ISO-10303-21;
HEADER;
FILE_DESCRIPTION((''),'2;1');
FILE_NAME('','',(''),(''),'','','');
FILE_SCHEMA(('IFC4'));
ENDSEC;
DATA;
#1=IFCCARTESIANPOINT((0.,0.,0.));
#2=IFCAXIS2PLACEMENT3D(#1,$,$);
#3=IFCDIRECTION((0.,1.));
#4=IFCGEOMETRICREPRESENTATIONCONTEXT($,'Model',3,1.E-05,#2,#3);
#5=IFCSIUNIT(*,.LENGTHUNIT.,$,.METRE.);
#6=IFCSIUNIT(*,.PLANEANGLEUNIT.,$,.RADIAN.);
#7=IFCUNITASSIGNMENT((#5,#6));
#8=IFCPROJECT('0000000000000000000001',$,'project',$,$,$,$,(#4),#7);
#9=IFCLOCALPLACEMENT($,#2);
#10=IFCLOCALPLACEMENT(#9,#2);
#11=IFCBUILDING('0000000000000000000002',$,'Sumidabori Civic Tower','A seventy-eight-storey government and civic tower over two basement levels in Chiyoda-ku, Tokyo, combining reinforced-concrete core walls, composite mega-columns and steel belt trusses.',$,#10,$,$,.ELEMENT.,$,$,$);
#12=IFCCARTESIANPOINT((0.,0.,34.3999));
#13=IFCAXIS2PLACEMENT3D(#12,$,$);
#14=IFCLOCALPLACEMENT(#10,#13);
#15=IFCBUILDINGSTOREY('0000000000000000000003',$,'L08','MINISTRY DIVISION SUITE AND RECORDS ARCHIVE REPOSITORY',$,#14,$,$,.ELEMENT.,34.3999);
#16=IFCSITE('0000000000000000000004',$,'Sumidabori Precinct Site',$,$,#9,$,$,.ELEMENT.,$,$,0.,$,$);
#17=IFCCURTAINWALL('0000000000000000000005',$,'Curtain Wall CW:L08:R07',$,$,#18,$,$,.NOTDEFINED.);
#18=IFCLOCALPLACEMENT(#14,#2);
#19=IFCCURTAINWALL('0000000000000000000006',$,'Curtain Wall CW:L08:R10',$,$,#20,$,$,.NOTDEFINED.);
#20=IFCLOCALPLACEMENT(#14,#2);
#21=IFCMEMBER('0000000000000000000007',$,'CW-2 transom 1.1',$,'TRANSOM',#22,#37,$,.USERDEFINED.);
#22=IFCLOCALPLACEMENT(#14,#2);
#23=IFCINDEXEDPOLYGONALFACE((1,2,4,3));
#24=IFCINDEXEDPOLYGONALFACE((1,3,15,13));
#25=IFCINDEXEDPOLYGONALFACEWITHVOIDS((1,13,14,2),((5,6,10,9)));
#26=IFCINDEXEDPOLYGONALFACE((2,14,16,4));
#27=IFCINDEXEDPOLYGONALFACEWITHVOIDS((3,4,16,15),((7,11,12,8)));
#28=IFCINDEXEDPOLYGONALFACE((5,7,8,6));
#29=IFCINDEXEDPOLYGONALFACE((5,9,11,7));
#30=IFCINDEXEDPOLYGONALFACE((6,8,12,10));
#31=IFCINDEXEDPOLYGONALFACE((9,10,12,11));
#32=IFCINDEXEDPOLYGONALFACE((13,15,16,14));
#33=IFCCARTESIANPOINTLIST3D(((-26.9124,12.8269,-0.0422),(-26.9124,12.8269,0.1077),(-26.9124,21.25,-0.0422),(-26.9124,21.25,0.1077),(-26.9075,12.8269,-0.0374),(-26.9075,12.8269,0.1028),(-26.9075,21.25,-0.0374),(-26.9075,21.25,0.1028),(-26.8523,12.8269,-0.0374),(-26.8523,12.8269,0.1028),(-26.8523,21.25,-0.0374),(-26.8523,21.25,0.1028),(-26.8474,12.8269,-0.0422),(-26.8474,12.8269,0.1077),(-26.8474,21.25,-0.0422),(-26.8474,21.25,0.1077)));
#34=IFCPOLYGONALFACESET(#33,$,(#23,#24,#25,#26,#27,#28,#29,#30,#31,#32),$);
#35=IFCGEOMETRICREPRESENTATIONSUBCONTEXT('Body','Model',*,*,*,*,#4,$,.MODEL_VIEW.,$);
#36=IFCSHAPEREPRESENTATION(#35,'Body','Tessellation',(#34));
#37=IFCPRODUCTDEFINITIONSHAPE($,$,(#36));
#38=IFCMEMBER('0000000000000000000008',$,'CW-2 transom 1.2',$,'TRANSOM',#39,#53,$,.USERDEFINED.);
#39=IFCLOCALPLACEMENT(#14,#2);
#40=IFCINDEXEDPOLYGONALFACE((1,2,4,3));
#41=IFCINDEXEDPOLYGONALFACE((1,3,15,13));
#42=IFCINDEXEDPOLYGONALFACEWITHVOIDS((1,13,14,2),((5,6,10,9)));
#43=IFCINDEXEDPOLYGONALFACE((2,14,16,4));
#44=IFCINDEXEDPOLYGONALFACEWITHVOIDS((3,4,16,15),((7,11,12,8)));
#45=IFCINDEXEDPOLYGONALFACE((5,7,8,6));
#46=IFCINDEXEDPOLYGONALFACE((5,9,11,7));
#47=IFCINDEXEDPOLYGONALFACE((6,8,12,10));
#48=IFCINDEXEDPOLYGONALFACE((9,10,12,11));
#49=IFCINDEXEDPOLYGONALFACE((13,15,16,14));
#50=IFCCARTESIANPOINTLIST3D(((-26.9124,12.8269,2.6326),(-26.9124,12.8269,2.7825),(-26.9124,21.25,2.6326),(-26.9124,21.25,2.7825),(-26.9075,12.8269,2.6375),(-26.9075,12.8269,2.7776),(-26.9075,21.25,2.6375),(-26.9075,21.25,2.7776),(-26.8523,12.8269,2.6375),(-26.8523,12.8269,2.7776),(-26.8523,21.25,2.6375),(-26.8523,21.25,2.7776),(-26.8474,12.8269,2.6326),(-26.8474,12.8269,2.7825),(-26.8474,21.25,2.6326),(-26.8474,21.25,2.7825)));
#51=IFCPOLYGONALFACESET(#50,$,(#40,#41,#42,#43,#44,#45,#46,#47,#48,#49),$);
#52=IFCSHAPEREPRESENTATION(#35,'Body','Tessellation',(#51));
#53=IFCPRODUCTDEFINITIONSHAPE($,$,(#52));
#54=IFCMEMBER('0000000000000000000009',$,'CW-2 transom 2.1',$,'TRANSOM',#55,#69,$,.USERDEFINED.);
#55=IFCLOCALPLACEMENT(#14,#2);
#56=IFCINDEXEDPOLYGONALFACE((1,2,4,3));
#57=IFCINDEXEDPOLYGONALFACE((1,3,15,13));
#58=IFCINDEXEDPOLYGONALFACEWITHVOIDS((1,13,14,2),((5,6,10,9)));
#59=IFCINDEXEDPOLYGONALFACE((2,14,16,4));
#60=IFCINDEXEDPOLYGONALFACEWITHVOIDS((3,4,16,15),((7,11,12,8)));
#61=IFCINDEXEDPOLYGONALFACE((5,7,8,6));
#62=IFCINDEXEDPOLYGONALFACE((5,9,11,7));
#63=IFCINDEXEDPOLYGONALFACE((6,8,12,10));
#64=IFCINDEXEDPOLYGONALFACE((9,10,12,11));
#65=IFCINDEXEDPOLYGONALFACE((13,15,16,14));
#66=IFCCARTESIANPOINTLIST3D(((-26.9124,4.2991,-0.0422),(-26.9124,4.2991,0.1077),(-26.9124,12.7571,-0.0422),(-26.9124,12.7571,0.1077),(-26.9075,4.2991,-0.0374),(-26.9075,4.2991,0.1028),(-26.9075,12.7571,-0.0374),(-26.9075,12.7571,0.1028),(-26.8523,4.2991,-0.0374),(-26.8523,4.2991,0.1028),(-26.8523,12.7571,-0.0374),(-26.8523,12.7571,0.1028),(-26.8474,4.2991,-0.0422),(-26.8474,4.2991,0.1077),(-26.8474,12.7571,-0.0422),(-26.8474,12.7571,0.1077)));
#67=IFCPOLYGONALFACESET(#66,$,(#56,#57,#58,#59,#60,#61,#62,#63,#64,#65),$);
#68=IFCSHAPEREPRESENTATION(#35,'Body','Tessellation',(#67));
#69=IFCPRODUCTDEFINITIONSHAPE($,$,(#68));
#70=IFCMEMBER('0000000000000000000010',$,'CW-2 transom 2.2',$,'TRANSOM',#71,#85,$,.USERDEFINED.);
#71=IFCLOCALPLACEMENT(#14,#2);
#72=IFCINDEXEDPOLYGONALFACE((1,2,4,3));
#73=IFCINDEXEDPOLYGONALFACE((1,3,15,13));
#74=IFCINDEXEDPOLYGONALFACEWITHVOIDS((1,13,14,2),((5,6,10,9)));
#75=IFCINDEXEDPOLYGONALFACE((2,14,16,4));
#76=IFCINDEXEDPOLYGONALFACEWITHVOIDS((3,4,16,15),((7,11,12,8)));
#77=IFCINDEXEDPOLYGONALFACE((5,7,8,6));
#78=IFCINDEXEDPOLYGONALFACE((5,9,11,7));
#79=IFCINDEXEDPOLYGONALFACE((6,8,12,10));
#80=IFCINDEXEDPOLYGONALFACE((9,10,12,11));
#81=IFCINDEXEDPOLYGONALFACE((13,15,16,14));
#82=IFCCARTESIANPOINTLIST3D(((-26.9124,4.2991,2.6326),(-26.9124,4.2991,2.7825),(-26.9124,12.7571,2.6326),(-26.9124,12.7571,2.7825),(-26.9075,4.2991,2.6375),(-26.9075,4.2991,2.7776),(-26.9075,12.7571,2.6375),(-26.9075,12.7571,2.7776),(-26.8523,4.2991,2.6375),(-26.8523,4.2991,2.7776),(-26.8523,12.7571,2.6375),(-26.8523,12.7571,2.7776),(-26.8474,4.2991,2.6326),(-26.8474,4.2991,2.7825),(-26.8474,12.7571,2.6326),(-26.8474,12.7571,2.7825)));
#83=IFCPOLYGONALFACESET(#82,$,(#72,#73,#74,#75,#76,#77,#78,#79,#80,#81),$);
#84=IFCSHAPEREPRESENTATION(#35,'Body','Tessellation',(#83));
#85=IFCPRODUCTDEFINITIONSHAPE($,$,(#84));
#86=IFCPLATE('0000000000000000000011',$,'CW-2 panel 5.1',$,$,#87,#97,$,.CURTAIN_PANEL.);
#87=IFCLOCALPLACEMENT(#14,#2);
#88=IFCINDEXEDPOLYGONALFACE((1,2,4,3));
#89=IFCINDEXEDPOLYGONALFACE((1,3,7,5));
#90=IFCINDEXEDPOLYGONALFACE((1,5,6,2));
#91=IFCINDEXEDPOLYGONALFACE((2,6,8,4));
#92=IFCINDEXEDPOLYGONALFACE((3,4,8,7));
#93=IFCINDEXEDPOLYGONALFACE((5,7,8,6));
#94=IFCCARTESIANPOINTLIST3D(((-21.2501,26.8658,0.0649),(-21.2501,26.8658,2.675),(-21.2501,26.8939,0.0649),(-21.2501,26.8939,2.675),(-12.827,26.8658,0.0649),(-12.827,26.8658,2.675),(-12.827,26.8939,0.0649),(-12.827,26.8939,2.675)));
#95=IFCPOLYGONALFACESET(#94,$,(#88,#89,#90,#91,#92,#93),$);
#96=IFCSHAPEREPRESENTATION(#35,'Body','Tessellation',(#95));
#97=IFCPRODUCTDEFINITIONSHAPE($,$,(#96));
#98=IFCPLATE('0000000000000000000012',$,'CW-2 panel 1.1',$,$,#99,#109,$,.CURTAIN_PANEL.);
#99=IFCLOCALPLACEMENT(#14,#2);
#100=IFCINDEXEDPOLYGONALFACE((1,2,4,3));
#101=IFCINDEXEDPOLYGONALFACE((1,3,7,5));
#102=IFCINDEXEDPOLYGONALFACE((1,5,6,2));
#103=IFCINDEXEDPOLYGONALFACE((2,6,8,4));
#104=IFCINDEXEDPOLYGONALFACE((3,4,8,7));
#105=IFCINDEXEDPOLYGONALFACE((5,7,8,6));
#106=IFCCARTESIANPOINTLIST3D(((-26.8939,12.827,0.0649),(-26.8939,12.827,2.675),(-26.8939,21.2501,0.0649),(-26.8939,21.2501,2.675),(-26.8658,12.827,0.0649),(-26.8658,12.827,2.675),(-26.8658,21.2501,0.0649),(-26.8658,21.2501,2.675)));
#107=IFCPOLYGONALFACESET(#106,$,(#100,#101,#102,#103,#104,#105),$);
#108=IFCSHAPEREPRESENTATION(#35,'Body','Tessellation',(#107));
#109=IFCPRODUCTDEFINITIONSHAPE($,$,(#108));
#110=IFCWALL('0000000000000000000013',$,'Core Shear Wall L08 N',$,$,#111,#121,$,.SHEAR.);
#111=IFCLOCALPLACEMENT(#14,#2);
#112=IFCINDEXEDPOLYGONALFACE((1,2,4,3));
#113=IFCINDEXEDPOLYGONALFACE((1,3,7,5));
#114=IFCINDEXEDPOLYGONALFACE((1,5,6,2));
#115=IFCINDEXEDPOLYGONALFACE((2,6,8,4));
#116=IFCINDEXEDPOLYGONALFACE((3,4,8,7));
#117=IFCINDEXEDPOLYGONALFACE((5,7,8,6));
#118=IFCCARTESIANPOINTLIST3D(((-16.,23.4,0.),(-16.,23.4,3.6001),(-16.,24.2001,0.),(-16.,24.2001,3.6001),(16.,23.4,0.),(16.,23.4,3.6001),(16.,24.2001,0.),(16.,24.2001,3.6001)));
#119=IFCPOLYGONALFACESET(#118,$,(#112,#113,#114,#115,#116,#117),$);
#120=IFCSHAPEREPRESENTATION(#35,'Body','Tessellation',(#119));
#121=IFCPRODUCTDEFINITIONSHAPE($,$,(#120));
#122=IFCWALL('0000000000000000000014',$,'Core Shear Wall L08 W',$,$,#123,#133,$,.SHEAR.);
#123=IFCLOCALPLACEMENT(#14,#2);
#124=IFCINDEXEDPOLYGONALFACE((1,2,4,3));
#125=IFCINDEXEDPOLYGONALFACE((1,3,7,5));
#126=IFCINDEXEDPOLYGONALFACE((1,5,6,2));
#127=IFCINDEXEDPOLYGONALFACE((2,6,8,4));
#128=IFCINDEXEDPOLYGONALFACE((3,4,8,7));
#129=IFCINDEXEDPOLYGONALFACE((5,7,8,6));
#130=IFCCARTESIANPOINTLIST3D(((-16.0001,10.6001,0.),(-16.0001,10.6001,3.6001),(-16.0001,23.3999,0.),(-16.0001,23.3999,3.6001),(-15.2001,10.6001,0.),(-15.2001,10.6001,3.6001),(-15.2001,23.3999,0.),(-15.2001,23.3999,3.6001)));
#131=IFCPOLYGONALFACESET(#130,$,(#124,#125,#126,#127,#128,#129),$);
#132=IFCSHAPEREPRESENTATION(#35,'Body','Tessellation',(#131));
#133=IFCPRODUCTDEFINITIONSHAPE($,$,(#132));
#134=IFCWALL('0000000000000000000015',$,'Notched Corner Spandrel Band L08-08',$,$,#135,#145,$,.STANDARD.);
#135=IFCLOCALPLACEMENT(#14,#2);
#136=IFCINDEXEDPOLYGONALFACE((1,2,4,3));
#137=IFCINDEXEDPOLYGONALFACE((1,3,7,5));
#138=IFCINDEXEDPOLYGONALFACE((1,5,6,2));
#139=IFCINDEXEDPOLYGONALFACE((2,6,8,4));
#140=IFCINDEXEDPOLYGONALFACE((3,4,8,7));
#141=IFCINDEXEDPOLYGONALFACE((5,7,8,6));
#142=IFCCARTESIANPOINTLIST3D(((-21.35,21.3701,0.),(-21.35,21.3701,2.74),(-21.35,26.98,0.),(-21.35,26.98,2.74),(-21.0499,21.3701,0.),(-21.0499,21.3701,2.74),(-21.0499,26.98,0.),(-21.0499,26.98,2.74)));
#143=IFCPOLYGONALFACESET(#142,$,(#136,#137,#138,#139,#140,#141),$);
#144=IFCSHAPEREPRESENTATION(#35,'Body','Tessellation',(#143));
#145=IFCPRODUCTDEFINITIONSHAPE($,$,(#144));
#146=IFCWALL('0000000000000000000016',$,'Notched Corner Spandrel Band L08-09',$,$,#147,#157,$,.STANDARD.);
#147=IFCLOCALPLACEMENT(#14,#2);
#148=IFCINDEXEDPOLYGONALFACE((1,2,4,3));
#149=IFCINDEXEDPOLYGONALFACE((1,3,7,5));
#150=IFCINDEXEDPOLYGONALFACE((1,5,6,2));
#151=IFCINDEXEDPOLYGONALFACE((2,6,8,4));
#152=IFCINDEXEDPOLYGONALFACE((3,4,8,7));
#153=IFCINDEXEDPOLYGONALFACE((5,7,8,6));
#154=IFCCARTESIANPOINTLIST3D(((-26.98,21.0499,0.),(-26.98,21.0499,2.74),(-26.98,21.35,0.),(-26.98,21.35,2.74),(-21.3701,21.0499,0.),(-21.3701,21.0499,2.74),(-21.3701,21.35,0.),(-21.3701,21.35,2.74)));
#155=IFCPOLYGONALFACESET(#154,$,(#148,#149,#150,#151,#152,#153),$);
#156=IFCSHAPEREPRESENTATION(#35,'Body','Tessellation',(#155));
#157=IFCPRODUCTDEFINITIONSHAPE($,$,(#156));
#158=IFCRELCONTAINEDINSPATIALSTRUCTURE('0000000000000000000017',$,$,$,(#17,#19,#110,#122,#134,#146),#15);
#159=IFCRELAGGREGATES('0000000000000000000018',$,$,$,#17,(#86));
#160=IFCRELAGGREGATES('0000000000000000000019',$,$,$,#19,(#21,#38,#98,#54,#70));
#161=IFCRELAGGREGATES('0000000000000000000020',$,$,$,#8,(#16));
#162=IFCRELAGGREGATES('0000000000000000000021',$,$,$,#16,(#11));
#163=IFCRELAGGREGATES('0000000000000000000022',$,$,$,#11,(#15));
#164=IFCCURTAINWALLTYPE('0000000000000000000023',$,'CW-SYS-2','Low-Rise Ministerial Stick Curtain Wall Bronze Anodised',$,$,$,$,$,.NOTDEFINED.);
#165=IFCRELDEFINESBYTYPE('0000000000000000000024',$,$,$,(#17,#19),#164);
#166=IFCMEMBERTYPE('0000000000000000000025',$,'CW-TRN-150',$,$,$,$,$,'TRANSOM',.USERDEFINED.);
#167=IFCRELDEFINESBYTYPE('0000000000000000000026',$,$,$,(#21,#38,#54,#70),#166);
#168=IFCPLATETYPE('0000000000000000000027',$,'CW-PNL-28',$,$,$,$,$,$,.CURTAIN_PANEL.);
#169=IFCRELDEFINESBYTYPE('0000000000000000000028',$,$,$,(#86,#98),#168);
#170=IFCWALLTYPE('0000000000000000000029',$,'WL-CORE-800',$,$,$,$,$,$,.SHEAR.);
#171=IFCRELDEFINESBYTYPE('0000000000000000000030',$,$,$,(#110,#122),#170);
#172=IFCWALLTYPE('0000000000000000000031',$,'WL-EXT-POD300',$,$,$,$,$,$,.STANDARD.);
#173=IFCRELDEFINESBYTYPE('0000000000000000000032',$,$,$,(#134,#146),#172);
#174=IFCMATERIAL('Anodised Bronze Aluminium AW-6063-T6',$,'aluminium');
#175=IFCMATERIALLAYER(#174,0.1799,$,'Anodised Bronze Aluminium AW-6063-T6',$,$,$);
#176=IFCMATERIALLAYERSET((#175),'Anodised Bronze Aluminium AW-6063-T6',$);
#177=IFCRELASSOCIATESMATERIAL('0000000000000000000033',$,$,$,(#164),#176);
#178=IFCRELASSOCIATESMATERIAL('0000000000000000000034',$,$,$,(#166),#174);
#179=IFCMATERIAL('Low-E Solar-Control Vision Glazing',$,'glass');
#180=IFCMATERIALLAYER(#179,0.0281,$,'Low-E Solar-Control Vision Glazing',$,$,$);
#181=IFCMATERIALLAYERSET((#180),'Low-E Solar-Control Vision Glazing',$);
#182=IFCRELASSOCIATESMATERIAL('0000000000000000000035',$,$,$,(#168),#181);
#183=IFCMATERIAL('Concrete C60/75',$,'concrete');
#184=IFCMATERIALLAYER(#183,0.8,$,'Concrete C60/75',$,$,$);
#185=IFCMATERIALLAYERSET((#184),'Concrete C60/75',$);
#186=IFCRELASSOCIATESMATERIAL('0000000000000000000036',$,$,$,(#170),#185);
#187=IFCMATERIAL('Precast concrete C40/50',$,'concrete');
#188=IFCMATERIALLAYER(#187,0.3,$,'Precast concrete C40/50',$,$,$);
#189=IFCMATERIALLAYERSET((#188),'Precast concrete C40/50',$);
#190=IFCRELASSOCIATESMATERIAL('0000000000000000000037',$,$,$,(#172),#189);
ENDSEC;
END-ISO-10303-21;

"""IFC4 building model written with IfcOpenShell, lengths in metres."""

from ifc_helpers import new_model, si_unit, direction, frame, frame_2d, origin, origin_2d, place, context, subcontext, project, spatial, rectangle, hollow_rectangle, extrude, source, transform, mapped, material, layer, layer_set, material_profile, profile_set, type_object, element, aggregate, save


model = new_model("IFC4")

# Units and contexts
model_context = context("Model", 3, precision=1e-05, world=origin(), true_north=direction((0.0, 1.0)))
body_context = subcontext(model_context, "Body", "Model", "MODEL_VIEW")
ifc_project = project(units=[si_unit("LENGTHUNIT", "METRE"), si_unit("PLANEANGLEUNIT", "RADIAN")], contexts=[model_context])

# Site, building, storey
site_placement = place(None, origin())
site = spatial("IfcSite", under=ifc_project, at=site_placement, Name="Sumidabori Precinct Site", CompositionType="ELEMENT", RefElevation=0.0)
building_placement = place(site_placement, origin())
building = spatial("IfcBuilding", under=site, at=building_placement, Name="Sumidabori Civic Tower", Description="A seventy-eight-storey government and civic tower over two basement levels in Chiyoda-ku, Tokyo, combining reinforced-concrete core walls, composite mega-columns and steel belt trusses.", CompositionType="ELEMENT")
storey_placement = place(building_placement, frame((0.0, 0.0, 34.3999)))
storey = spatial("IfcBuildingStorey", under=building, at=storey_placement, Name="L08", Description="MINISTRY DIVISION SUITE AND RECORDS ARCHIVE REPOSITORY", CompositionType="ELEMENT", Elevation=34.3999)

# Shared definitions
ifc_material_1 = material(Name="Concrete C60/75", Category="concrete")

# Curtain wall
ifc_material_2 = material(Name="Anodised Bronze Aluminium AW-6063-T6", Category="aluminium")
ifc_layer_1 = layer(ifc_material_2, 0.1799, Name="Anodised Bronze Aluminium AW-6063-T6")
ifc_layer_set_1 = layer_set([ifc_layer_1], Name="Anodised Bronze Aluminium AW-6063-T6")
curtain_wall_type = type_object("IfcCurtainWallType", Name="CW-SYS-2", Description="Low-Rise Ministerial Stick Curtain Wall Bronze Anodised", PredefinedType="NOTDEFINED", material=ifc_layer_set_1)
curtain_wall_1_placement = place(storey_placement, origin())
curtain_wall_1 = element("IfcCurtainWall", 1, at=curtain_wall_1_placement, inside=storey, type_object=curtain_wall_type, Name="Curtain Wall CW:L08:R07", PredefinedType="NOTDEFINED")

# Curtain wall, members
curtain_wall_2_placement = place(storey_placement, origin())
curtain_wall_2 = element("IfcCurtainWall", 2, at=curtain_wall_2_placement, inside=storey, type_object=curtain_wall_type, Name="Curtain Wall CW:L08:R10", PredefinedType="NOTDEFINED")
ifc_material_profile_1 = material_profile(ifc_material_2, hollow_rectangle(XDim=0.0649, YDim=0.1499, WallThickness=0.0049, at=origin_2d()), Name="ALU TRANSOM 150x65")
ifc_profile_set_1 = profile_set([ifc_material_profile_1], Name="Anodised Bronze Aluminium AW-6063-T6")
member_type_1 = type_object("IfcMemberType", Name="CW-TRN-150", ElementType="TRANSOM", PredefinedType="USERDEFINED", material=ifc_profile_set_1)
shared_shape_1 = source(origin(), body_context, "Body", "SweptSolid", [
    extrude(hollow_rectangle(XDim=0.0649, YDim=0.1499, WallThickness=0.0049, at=origin_2d()), origin(), (0.0, 0.0, 1.0), 8.4231),
])
member_1_placement = place(storey_placement, frame((-26.8799, 21.25, 0.0327), z_axis=(0.0, -1.0, 0.0), x_axis=(1.0, 0.0, 0.0)))
member_1 = element("IfcMember", 3, at=member_1_placement, type_object=member_type_1, Name="CW-2 transom 1.1", ObjectType="TRANSOM", PredefinedType="USERDEFINED", context=body_context, shape_type="MappedRepresentation", body=[
    mapped(shared_shape_1, transform((0.0, 0.0, 0.0), x_axis=(1.0, 0.0, 0.0), y_axis=(0.0, 1.0, 0.0), z_axis=(0.0, 0.0, 1.0), scale=1.0)),
])
member_2_placement = place(storey_placement, frame((-26.8799, 21.25, 2.7075), z_axis=(0.0, -1.0, 0.0), x_axis=(1.0, 0.0, 0.0)))
member_2 = element("IfcMember", 4, at=member_2_placement, type_object=member_type_1, Name="CW-2 transom 1.2", ObjectType="TRANSOM", PredefinedType="USERDEFINED", context=body_context, shape_type="MappedRepresentation", body=[
    mapped(shared_shape_1, transform((0.0, 0.0, 0.0), x_axis=(1.0, 0.0, 0.0), y_axis=(0.0, 1.0, 0.0), z_axis=(0.0, 0.0, 1.0), scale=1.0)),
])
shared_shape_2 = source(origin(), body_context, "Body", "SweptSolid", [
    extrude(hollow_rectangle(XDim=0.0649, YDim=0.1499, WallThickness=0.0049, at=origin_2d()), origin(), (0.0, 0.0, 1.0), 8.458),
])
member_3_placement = place(storey_placement, frame((-26.8799, 12.7571, 0.0327), z_axis=(0.0, -1.0, 0.0), x_axis=(1.0, 0.0, 0.0)))
member_3 = element("IfcMember", 5, at=member_3_placement, type_object=member_type_1, Name="CW-2 transom 2.1", ObjectType="TRANSOM", PredefinedType="USERDEFINED", context=body_context, shape_type="MappedRepresentation", body=[
    mapped(shared_shape_2, transform((0.0, 0.0, 0.0), x_axis=(1.0, 0.0, 0.0), y_axis=(0.0, 1.0, 0.0), z_axis=(0.0, 0.0, 1.0), scale=1.0)),
])
member_4_placement = place(storey_placement, frame((-26.8799, 12.7571, 2.7075), z_axis=(0.0, -1.0, 0.0), x_axis=(1.0, 0.0, 0.0)))
member_4 = element("IfcMember", 6, at=member_4_placement, type_object=member_type_1, Name="CW-2 transom 2.2", ObjectType="TRANSOM", PredefinedType="USERDEFINED", context=body_context, shape_type="MappedRepresentation", body=[
    mapped(shared_shape_2, transform((0.0, 0.0, 0.0), x_axis=(1.0, 0.0, 0.0), y_axis=(0.0, 1.0, 0.0), z_axis=(0.0, 0.0, 1.0), scale=1.0)),
])

# Plates
ifc_material_3 = material(Name="Low-E Solar-Control Vision Glazing", Category="glass")
ifc_layer_2 = layer(ifc_material_3, 0.0281, Name="Low-E Solar-Control Vision Glazing")
ifc_layer_set_2 = layer_set([ifc_layer_2], Name="Low-E Solar-Control Vision Glazing")
plate_type = type_object("IfcPlateType", Name="CW-PNL-28", PredefinedType="CURTAIN_PANEL", material=ifc_layer_set_2)
shared_shape_3 = source(origin(), body_context, "Body", "SweptSolid", [
    extrude(rectangle(XDim=8.4231, YDim=0.0281, at=origin_2d()), origin(), (0.0, 0.0, 1.0), 2.6101),
])
plate_1_placement = place(storey_placement, frame((-17.0386, 26.8799, 0.0649), z_axis=(0.0, 0.0, 1.0), x_axis=(-1.0, 0.0, 0.0)))
plate_1 = element("IfcPlate", 7, at=plate_1_placement, type_object=plate_type, Name="CW-2 panel 5.1", PredefinedType="CURTAIN_PANEL", context=body_context, shape_type="MappedRepresentation", body=[
    mapped(shared_shape_3, transform((0.0, 0.0, 0.0), x_axis=(1.0, 0.0, 0.0), y_axis=(0.0, 1.0, 0.0), z_axis=(0.0, 0.0, 1.0), scale=1.0)),
])
aggregate(curtain_wall_1, [plate_1])
plate_2_placement = place(storey_placement, frame((-26.8799, 17.0386, 0.0649), z_axis=(0.0, 0.0, 1.0), x_axis=(0.0, -1.0, 0.0)))
plate_2 = element("IfcPlate", 8, at=plate_2_placement, type_object=plate_type, Name="CW-2 panel 1.1", PredefinedType="CURTAIN_PANEL", context=body_context, shape_type="MappedRepresentation", body=[
    mapped(shared_shape_3, transform((0.0, 0.0, 0.0), x_axis=(1.0, 0.0, 0.0), y_axis=(0.0, 1.0, 0.0), z_axis=(0.0, 0.0, 1.0), scale=1.0)),
])
aggregate(curtain_wall_2, [member_1, member_2, plate_2, member_3, member_4])

# Wall
ifc_layer_3 = layer(ifc_material_1, 0.8, Name="Concrete C60/75")
ifc_layer_set_3 = layer_set([ifc_layer_3], Name="Concrete C60/75")
wall_type_1 = type_object("IfcWallType", Name="WL-CORE-800", PredefinedType="SHEAR", material=ifc_layer_set_3)
shared_shape_4 = source(origin(), body_context, "Body", "SweptSolid", [
    extrude(rectangle(XDim=32.0, YDim=0.8, at=frame_2d((16.0, 0.0))), origin(), (0.0, 0.0, 1.0), 3.6001),
])
wall_1_placement = place(storey_placement, frame((-16.0, 23.8, 0.0), z_axis=(0.0, 0.0, 1.0), x_axis=(1.0, 0.0, 0.0)))
element("IfcWall", 9, at=wall_1_placement, inside=storey, type_object=wall_type_1, Name="Core Shear Wall L08 N", PredefinedType="SHEAR", context=body_context, shape_type="MappedRepresentation", body=[
    mapped(shared_shape_4, transform((0.0, 0.0, 0.0), x_axis=(1.0, 0.0, 0.0), y_axis=(0.0, 1.0, 0.0), z_axis=(0.0, 0.0, 1.0), scale=1.0)),
])

# Walls
shared_shape_5 = source(origin(), body_context, "Body", "SweptSolid", [
    extrude(rectangle(XDim=12.7998, YDim=0.8, at=frame_2d((6.3999, 0.0))), origin(), (0.0, 0.0, 1.0), 3.6001),
])
wall_2_placement = place(storey_placement, frame((-15.6001, 10.6001, 0.0), z_axis=(0.0, 0.0, 1.0), x_axis=(0.0, 1.0, 0.0)))
element("IfcWall", 10, at=wall_2_placement, inside=storey, type_object=wall_type_1, Name="Core Shear Wall L08 W", PredefinedType="SHEAR", context=body_context, shape_type="MappedRepresentation", body=[
    mapped(shared_shape_5, transform((0.0, 0.0, 0.0), x_axis=(1.0, 0.0, 0.0), y_axis=(0.0, 1.0, 0.0), z_axis=(0.0, 0.0, 1.0), scale=1.0)),
])
ifc_material_4 = material(Name="Precast concrete C40/50", Category="concrete")
ifc_layer_4 = layer(ifc_material_4, 0.3, Name="Precast concrete C40/50")
ifc_layer_set_4 = layer_set([ifc_layer_4], Name="Precast concrete C40/50")
wall_type_2 = type_object("IfcWallType", Name="WL-EXT-POD300", PredefinedType="STANDARD", material=ifc_layer_set_4)
shared_shape_6 = source(origin(), body_context, "Body", "SweptSolid", [
    extrude(rectangle(XDim=5.6099, YDim=0.3, at=frame_2d((2.8049, 0.0))), origin(), (0.0, 0.0, 1.0), 2.74),
])
for number, where, z_axis, x_axis, name in (
    (11, (-21.2, 26.98, 0.0), (0.0, 0.0, 1.0), (0.0, -1.0, 0.0), "Notched Corner Spandrel Band L08-08"),
    (12, (-21.3701, 21.2, 0.0), (0.0, 0.0, 1.0), (-1.0, 0.0, 0.0), "Notched Corner Spandrel Band L08-09"),
):
    element("IfcWall", number, at=place(storey_placement, frame(where, z_axis=z_axis, x_axis=x_axis)), inside=storey, type_object=wall_type_2, Name=name, PredefinedType="STANDARD", context=body_context, shape_type="MappedRepresentation", body=[
        mapped(shared_shape_6, transform((0.0, 0.0, 0.0), x_axis=(1.0, 0.0, 0.0), y_axis=(0.0, 1.0, 0.0), z_axis=(0.0, 0.0, 1.0), scale=1.0)),
    ])

save(model, "model.ifc")
